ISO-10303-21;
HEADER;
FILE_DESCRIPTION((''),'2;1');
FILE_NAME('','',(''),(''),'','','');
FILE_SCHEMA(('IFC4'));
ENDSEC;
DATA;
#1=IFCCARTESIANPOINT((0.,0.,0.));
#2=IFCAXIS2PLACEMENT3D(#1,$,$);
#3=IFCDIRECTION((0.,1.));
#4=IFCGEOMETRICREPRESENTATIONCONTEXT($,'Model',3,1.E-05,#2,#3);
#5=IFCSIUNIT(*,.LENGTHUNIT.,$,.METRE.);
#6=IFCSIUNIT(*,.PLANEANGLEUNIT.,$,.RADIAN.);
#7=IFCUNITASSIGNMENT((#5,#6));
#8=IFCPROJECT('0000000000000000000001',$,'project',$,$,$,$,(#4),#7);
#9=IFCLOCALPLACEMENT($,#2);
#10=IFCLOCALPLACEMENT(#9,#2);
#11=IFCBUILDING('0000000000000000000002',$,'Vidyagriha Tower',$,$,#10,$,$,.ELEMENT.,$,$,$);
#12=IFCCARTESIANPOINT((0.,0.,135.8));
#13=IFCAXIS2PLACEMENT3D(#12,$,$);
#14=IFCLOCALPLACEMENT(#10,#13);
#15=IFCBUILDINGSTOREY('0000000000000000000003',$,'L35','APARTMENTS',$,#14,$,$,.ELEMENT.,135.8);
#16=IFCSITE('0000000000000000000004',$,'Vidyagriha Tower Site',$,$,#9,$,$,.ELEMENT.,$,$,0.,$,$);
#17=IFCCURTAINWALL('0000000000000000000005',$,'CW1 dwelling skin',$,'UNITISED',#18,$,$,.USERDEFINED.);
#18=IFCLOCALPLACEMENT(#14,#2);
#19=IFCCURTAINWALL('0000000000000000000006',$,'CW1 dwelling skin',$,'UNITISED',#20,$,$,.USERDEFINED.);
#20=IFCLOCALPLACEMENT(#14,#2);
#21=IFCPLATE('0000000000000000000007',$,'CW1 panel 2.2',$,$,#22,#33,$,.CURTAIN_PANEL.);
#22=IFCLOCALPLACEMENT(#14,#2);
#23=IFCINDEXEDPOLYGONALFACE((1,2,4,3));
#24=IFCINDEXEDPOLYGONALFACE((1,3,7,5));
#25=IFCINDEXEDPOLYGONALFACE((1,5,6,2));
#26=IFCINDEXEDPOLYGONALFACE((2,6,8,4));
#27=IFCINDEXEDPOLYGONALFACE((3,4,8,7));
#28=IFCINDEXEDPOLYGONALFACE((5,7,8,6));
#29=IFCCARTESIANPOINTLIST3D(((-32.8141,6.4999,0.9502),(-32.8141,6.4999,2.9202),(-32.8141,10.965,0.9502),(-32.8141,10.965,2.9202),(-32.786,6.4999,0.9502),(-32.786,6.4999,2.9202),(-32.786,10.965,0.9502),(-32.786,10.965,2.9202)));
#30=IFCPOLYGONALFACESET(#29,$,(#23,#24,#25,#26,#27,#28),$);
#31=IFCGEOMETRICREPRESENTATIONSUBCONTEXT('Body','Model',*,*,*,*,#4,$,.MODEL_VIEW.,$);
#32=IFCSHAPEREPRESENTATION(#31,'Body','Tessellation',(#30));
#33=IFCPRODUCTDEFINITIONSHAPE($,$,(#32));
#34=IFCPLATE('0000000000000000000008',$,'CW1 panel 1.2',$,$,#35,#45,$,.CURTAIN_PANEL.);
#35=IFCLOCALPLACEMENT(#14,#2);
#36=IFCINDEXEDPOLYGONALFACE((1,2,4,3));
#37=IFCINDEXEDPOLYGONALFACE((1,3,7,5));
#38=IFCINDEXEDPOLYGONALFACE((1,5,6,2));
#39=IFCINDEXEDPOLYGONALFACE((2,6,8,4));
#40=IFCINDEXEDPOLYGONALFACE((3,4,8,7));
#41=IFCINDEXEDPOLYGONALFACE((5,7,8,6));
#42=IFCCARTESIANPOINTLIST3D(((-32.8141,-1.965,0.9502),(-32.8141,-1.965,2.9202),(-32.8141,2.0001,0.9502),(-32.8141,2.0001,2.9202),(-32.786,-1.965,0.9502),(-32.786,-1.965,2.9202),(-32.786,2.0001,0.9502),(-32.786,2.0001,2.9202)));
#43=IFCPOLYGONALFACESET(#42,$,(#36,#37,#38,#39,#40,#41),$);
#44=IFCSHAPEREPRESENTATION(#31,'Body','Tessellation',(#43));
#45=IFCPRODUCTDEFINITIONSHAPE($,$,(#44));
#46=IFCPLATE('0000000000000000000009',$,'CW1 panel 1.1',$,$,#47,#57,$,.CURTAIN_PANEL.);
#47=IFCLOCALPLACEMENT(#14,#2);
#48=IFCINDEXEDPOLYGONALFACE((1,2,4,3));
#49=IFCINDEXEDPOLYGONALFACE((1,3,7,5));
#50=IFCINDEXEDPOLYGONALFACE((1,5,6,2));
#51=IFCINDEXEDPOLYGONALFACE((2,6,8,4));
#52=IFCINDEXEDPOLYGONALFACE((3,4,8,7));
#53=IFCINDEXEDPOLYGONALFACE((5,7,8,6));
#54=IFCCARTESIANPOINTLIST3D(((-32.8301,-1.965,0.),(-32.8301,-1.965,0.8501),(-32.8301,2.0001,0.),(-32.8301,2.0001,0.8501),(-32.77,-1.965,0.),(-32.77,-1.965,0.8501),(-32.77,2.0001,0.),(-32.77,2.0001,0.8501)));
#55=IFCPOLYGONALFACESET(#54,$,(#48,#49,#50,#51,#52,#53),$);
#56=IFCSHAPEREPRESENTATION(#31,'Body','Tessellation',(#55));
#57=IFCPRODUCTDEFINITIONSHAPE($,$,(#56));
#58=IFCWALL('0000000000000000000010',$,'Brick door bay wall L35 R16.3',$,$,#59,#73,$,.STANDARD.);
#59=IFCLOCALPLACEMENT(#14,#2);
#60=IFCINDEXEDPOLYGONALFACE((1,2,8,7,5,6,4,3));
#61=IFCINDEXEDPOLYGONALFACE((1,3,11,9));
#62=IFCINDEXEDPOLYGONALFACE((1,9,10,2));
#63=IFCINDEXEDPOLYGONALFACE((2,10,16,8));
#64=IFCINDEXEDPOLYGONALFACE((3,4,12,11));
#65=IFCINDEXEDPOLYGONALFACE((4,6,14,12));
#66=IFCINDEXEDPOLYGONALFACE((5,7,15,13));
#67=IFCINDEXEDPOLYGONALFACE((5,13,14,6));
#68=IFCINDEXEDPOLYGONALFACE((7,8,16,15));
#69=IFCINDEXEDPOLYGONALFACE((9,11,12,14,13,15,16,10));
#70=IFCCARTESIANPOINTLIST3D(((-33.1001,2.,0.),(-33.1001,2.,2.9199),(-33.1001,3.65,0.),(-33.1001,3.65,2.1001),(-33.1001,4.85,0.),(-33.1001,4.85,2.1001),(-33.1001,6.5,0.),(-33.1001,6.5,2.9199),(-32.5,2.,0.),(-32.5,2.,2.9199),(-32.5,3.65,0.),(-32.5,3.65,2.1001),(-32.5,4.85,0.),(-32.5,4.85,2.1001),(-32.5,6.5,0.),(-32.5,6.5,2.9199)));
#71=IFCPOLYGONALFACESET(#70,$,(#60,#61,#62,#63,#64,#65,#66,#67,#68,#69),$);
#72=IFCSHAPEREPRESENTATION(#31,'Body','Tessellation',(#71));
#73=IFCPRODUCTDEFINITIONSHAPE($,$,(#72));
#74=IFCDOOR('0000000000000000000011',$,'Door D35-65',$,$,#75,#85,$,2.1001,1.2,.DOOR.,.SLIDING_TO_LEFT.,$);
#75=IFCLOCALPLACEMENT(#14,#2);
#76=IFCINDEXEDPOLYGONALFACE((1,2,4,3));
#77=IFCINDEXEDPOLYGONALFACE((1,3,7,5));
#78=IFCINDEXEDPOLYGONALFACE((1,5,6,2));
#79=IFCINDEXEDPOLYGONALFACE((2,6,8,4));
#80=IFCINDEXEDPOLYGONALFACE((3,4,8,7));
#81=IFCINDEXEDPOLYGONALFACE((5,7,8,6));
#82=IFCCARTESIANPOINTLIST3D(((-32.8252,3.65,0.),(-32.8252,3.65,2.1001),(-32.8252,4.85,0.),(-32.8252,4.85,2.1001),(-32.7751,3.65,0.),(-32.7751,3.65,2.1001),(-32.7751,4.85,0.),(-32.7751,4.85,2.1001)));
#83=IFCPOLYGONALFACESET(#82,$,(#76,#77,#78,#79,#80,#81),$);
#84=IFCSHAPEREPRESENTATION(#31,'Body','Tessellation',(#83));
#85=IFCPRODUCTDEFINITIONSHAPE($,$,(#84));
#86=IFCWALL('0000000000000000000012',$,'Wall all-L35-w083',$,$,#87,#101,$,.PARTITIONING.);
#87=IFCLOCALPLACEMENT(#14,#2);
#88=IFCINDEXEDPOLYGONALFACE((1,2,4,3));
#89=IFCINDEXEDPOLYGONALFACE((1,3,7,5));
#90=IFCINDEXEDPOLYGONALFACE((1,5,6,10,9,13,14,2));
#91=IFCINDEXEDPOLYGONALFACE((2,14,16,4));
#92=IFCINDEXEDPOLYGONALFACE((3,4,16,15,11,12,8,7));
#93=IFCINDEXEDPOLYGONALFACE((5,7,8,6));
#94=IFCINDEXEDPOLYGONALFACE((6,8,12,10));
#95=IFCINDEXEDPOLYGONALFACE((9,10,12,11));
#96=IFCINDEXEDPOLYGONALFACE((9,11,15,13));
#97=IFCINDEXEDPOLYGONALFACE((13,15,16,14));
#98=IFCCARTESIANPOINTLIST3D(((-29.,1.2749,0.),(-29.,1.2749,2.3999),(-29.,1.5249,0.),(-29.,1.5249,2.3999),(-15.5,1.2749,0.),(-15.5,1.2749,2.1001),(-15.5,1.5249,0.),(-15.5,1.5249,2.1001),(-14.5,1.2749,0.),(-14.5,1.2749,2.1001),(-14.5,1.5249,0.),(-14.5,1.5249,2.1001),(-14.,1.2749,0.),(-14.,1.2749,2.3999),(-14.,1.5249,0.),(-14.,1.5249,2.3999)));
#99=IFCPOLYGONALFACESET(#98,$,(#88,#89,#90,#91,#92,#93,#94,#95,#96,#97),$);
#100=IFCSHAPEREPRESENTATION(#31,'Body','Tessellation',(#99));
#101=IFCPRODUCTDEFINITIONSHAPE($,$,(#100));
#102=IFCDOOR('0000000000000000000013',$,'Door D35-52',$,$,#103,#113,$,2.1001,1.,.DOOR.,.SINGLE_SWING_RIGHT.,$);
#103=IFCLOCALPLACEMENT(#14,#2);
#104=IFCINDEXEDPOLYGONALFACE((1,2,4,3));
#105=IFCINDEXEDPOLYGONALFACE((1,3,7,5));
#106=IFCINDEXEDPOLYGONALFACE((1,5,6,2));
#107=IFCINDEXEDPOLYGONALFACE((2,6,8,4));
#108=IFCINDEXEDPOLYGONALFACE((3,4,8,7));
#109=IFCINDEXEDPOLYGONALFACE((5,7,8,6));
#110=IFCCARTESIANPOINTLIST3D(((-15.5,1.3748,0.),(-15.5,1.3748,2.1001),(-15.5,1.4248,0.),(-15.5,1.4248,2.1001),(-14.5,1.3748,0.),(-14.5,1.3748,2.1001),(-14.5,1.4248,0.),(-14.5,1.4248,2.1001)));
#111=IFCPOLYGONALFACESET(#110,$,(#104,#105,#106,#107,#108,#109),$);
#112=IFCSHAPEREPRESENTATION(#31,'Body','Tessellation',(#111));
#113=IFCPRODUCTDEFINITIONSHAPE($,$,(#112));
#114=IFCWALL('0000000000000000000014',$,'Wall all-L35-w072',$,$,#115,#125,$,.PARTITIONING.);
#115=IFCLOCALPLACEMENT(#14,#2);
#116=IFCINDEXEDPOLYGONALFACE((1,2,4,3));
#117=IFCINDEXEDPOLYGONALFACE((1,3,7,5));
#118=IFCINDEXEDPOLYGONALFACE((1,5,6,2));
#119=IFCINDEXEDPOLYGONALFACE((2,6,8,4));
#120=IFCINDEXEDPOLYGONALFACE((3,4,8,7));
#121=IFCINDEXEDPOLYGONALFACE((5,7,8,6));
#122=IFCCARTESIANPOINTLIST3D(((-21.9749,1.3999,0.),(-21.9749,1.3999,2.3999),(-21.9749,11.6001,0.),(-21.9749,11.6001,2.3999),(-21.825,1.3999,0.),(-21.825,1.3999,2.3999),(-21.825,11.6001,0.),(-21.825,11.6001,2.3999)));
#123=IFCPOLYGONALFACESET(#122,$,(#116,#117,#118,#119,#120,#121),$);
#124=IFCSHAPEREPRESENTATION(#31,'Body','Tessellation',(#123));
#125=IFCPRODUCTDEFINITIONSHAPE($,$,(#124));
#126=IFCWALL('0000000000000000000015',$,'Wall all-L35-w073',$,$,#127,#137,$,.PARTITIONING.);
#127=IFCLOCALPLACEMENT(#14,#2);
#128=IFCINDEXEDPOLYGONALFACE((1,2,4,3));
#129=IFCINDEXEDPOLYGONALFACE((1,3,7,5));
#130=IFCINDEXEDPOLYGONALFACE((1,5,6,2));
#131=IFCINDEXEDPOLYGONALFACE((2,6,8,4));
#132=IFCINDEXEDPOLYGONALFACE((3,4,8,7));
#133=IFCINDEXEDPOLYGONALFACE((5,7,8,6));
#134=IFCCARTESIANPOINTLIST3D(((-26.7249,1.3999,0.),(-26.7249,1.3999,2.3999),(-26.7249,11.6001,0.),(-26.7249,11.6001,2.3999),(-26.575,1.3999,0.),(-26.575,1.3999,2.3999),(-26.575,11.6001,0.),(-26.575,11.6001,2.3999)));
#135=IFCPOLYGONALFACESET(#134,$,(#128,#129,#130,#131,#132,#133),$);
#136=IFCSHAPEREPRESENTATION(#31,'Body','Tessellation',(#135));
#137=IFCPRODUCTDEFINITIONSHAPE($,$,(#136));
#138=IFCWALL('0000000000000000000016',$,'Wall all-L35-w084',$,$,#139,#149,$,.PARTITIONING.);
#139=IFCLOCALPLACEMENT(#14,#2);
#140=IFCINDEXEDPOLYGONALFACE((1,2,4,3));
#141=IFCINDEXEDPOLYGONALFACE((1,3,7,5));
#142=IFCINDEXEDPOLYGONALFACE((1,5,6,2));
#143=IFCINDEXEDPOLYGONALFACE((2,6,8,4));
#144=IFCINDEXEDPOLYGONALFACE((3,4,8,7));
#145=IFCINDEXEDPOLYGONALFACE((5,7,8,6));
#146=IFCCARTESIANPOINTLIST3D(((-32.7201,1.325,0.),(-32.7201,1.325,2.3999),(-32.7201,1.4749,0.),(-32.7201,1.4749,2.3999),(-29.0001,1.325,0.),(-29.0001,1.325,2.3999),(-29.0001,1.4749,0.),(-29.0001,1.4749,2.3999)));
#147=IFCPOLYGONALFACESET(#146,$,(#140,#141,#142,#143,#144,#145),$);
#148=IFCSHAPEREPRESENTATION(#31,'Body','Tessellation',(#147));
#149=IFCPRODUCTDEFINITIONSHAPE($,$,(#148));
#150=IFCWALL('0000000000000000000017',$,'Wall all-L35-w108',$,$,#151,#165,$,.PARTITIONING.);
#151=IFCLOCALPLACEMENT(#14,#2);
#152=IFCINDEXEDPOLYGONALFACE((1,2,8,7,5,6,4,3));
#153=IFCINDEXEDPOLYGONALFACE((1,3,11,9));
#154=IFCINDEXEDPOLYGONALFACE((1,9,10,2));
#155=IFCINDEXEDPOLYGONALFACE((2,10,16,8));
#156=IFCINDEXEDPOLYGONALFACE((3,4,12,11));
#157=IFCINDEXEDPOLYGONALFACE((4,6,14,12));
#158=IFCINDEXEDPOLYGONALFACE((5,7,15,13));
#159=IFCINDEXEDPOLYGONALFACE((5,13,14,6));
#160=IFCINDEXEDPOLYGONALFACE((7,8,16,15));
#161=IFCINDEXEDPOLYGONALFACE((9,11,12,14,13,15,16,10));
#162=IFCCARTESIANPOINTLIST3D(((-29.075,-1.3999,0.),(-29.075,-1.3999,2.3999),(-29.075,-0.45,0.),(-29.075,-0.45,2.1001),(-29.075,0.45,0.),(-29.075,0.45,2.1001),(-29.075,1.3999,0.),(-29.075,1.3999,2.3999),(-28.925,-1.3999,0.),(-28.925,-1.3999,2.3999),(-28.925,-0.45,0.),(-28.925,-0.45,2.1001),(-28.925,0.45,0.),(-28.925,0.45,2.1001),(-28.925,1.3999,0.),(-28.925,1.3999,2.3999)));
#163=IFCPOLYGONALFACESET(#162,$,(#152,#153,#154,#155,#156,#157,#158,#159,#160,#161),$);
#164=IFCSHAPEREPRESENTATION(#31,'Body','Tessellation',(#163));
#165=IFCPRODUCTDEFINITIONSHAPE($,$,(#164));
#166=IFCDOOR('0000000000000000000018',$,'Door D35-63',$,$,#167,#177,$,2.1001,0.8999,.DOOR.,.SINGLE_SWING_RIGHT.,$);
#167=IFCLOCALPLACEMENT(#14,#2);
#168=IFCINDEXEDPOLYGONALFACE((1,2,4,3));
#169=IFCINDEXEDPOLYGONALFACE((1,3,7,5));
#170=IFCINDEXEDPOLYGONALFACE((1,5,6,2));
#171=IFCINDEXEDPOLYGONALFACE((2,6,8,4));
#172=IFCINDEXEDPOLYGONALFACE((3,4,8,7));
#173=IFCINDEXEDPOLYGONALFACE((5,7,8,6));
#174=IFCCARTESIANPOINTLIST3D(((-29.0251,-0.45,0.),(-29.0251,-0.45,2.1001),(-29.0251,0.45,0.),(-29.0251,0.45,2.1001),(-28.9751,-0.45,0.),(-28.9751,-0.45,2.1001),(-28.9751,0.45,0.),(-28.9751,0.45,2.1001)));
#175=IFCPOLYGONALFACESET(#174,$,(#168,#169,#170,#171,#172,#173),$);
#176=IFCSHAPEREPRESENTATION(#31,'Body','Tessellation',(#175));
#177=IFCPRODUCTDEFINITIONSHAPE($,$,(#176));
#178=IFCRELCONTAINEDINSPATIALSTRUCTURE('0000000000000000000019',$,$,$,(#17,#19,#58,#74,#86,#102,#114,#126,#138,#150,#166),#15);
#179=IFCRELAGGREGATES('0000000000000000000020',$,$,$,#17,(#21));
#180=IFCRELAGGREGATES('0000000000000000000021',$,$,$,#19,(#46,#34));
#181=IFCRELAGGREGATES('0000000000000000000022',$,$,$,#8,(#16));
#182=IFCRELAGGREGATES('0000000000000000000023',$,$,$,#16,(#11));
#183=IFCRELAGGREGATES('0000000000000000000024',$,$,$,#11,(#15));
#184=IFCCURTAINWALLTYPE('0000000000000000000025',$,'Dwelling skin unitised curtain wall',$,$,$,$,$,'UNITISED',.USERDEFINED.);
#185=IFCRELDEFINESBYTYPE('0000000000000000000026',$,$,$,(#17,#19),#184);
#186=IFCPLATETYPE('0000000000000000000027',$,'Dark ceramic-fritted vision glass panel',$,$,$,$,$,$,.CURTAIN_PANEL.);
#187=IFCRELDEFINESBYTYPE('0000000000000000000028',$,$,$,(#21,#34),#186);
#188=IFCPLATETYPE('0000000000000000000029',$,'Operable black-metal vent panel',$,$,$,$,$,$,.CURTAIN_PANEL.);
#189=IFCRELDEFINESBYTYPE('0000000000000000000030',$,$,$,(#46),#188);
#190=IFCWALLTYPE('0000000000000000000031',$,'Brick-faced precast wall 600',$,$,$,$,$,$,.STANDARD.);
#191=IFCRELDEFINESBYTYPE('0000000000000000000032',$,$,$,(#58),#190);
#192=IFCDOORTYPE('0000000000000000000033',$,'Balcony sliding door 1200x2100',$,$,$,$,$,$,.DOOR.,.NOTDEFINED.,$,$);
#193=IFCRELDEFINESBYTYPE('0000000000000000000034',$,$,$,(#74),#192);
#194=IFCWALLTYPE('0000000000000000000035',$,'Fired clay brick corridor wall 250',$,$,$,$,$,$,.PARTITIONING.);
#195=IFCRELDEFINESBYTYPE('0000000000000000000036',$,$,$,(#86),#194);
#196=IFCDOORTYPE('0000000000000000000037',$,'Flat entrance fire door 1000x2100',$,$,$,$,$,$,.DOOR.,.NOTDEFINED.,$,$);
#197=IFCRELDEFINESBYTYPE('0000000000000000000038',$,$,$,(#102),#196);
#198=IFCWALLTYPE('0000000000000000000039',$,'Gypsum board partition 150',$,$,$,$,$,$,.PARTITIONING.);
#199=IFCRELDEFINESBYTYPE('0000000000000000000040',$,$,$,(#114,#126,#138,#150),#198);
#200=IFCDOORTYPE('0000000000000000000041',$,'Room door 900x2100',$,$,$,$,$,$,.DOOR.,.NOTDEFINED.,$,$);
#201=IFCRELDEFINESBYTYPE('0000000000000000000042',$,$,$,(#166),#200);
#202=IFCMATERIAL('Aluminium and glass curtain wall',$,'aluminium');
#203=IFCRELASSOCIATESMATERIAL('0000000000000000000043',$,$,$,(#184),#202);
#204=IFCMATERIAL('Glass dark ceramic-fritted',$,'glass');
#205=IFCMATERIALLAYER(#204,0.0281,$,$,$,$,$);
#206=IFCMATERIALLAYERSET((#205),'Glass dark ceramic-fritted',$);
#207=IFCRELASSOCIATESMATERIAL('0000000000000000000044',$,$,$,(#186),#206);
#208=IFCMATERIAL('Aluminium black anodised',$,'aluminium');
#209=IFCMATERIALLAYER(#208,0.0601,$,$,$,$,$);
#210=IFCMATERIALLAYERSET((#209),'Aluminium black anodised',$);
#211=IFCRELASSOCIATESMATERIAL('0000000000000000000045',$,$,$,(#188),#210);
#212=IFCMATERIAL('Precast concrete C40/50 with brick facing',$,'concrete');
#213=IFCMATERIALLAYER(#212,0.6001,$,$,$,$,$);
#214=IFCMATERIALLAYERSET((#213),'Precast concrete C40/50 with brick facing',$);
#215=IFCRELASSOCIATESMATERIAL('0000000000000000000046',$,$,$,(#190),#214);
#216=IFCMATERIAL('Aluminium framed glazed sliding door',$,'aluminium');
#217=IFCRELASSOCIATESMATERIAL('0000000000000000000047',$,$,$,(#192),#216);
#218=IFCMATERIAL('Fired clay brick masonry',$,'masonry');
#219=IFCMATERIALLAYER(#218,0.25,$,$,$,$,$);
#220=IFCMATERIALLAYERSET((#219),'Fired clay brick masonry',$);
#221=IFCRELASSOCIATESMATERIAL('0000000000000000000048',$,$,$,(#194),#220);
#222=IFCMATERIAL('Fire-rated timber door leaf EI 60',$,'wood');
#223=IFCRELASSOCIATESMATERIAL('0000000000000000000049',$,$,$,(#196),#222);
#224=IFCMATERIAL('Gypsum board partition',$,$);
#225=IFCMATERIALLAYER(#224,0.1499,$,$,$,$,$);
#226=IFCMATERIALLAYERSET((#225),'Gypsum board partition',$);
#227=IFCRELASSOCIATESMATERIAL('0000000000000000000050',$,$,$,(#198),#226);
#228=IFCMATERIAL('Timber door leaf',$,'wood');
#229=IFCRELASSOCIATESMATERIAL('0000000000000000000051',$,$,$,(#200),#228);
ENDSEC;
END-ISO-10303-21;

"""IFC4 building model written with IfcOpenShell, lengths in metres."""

from ifc_helpers import new_model, si_unit, direction, frame, frame_2d, origin, origin_2d, place, context, subcontext, project, spatial, rectangle, extrude, material, layer, layer_set, type_object, element, fill, aggregate, save


model = new_model("IFC4")

# Units and contexts
model_context = context("Model", 3, precision=1e-05, world=origin(), true_north=direction((0.0, 1.0)))
body_context = subcontext(model_context, "Body", "Model", "MODEL_VIEW")
ifc_project = project(units=[si_unit("LENGTHUNIT", "METRE"), si_unit("PLANEANGLEUNIT", "RADIAN")], contexts=[model_context])

# Site, building, storey
site_placement = place(None, origin())
site = spatial("IfcSite", under=ifc_project, at=site_placement, Name="Vidyagriha Tower Site", CompositionType="ELEMENT", RefElevation=0.0)
building_placement = place(site_placement, origin())
building = spatial("IfcBuilding", under=site, at=building_placement, Name="Vidyagriha Tower", CompositionType="ELEMENT")
storey_placement = place(building_placement, frame((0.0, 0.0, 135.8)))
storey = spatial("IfcBuildingStorey", under=building, at=storey_placement, Name="L35", Description="APARTMENTS", CompositionType="ELEMENT", Elevation=135.8)

# Curtain wall
ifc_material_1 = material(Name="Aluminium and glass curtain wall", Category="aluminium")
curtain_wall_type = type_object("IfcCurtainWallType", Name="Dwelling skin unitised curtain wall", ElementType="UNITISED", PredefinedType="USERDEFINED", material=ifc_material_1)
curtain_wall_1_placement = place(storey_placement, origin())
curtain_wall_1 = element("IfcCurtainWall", 1, at=curtain_wall_1_placement, inside=storey, type_object=curtain_wall_type, Name="CW1 dwelling skin", ObjectType="UNITISED", PredefinedType="USERDEFINED")

# Curtain wall
curtain_wall_2_placement = place(storey_placement, origin())
curtain_wall_2 = element("IfcCurtainWall", 2, at=curtain_wall_2_placement, inside=storey, type_object=curtain_wall_type, Name="CW1 dwelling skin", ObjectType="UNITISED", PredefinedType="USERDEFINED")

# Plates
ifc_material_2 = material(Name="Glass dark ceramic-fritted", Category="glass")
ifc_layer_1 = layer(ifc_material_2, 0.0281)
ifc_layer_set_1 = layer_set([ifc_layer_1], Name="Glass dark ceramic-fritted")
plate_type_1 = type_object("IfcPlateType", Name="Dark ceramic-fritted vision glass panel", PredefinedType="CURTAIN_PANEL", material=ifc_layer_set_1)
plate_1_placement = place(storey_placement, frame((-32.8, 8.7324, 0.9502), z_axis=(0.0, 0.0, 1.0), x_axis=(0.0, -1.0, 0.0)))
plate_1 = element("IfcPlate", 3, at=plate_1_placement, type_object=plate_type_1, Name="CW1 panel 2.2", PredefinedType="CURTAIN_PANEL", context=body_context, shape_type="SweptSolid", body=[
    extrude(rectangle(XDim=4.4651, YDim=0.0281, at=origin_2d()), origin(), (0.0, 0.0, 1.0), 1.97),
])
aggregate(curtain_wall_1, [plate_1])
plate_2_placement = place(storey_placement, frame((-32.8, 0.0176, 0.9502), z_axis=(0.0, 0.0, 1.0), x_axis=(0.0, -1.0, 0.0)))
plate_2 = element("IfcPlate", 4, at=plate_2_placement, type_object=plate_type_1, Name="CW1 panel 1.2", PredefinedType="CURTAIN_PANEL", context=body_context, shape_type="SweptSolid", body=[
    extrude(rectangle(XDim=3.9651, YDim=0.0281, at=origin_2d()), origin(), (0.0, 0.0, 1.0), 1.97),
])
ifc_material_3 = material(Name="Aluminium black anodised", Category="aluminium")
ifc_layer_2 = layer(ifc_material_3, 0.0601)
ifc_layer_set_2 = layer_set([ifc_layer_2], Name="Aluminium black anodised")
plate_type_2 = type_object("IfcPlateType", Name="Operable black-metal vent panel", PredefinedType="CURTAIN_PANEL", material=ifc_layer_set_2)
plate_3_placement = place(storey_placement, frame((-32.8, 0.0176, 0.0), z_axis=(0.0, 0.0, 1.0), x_axis=(0.0, -1.0, 0.0)))
plate_3 = element("IfcPlate", 5, at=plate_3_placement, type_object=plate_type_2, Name="CW1 panel 1.1", PredefinedType="CURTAIN_PANEL", context=body_context, shape_type="SweptSolid", body=[
    extrude(rectangle(XDim=3.9651, YDim=0.0601, at=origin_2d()), origin(), (0.0, 0.0, 1.0), 0.8501),
])
aggregate(curtain_wall_2, [plate_3, plate_2])

# Walls, openings, doors
ifc_material_4 = material(Name="Precast concrete C40/50 with brick facing", Category="concrete")
ifc_layer_3 = layer(ifc_material_4, 0.6001)
ifc_layer_set_3 = layer_set([ifc_layer_3], Name="Precast concrete C40/50 with brick facing")
wall_type_1 = type_object("IfcWallType", Name="Brick-faced precast wall 600", PredefinedType="STANDARD", material=ifc_layer_set_3)
wall_1_placement = place(storey_placement, frame((-32.8, 6.5, 0.0), z_axis=(0.0, 0.0, 1.0), x_axis=(0.0, -1.0, 0.0)))
wall_1 = element("IfcWall", 6, at=wall_1_placement, inside=storey, type_object=wall_type_1, Name="Brick door bay wall L35 R16.3", PredefinedType="STANDARD", context=body_context, shape_type="SweptSolid", body=[
    extrude(rectangle(XDim=4.5, YDim=0.6001, at=frame_2d((2.25, 0.0))), origin(), (0.0, 0.0, 1.0), 2.9199),
])
opening_1_placement = place(wall_1_placement, frame((1.6499, 0.0, 0.0)))
opening_1 = element("IfcOpeningElement", 7, at=opening_1_placement, cuts=wall_1, PredefinedType="OPENING", context=body_context, shape_type="SweptSolid", body=[
    extrude(rectangle(XDim=1.2, YDim=2.1001, at=frame_2d((0.6001, 1.05))), frame((0.0, 0.3101, 0.0), z_axis=(0.0, -1.0, 0.0), x_axis=(1.0, 0.0, 0.0)), (0.0, 0.0, 1.0), 0.6201),
])
ifc_material_5 = material(Name="Aluminium framed glazed sliding door", Category="aluminium")
door_type_1 = type_object("IfcDoorType", Name="Balcony sliding door 1200x2100", OperationType="NOTDEFINED", PredefinedType="DOOR", material=ifc_material_5)
door_1_placement = place(opening_1_placement, origin())
door_1 = element("IfcDoor", 8, at=door_1_placement, inside=storey, type_object=door_type_1, Name="Door D35-65", OperationType="SLIDING_TO_LEFT", OverallHeight=2.1001, OverallWidth=1.2, PredefinedType="DOOR", context=body_context, shape_type="SweptSolid", body=[
    extrude(rectangle(XDim=1.2, YDim=2.1001, at=frame_2d((0.6001, 1.05))), frame((0.0, 0.0249, 0.0), z_axis=(0.0, -1.0, 0.0), x_axis=(1.0, 0.0, 0.0)), (0.0, 0.0, 1.0), 0.05),
])
fill(opening_1, door_1)
ifc_material_6 = material(Name="Fired clay brick masonry", Category="masonry")
ifc_layer_4 = layer(ifc_material_6, 0.25)
ifc_layer_set_4 = layer_set([ifc_layer_4], Name="Fired clay brick masonry")
wall_type_2 = type_object("IfcWallType", Name="Fired clay brick corridor wall 250", PredefinedType="PARTITIONING", material=ifc_layer_set_4)
wall_2_placement = place(storey_placement, frame((-29.0, 1.3999, 0.0)))
wall_2 = element("IfcWall", 9, at=wall_2_placement, inside=storey, type_object=wall_type_2, Name="Wall all-L35-w083", PredefinedType="PARTITIONING", context=body_context, shape_type="SweptSolid", body=[
    extrude(rectangle(XDim=15.0, YDim=0.25, at=frame_2d((7.5, 0.0))), origin(), (0.0, 0.0, 1.0), 2.3999),
])
opening_2_placement = place(wall_2_placement, frame((13.5, 0.0, 0.0)))
opening_2 = element("IfcOpeningElement", 10, at=opening_2_placement, cuts=wall_2, PredefinedType="OPENING", context=body_context, shape_type="SweptSolid", body=[
    extrude(rectangle(XDim=1.0, YDim=2.1001, at=frame_2d((0.5, 1.05))), frame((0.0, 0.135, 0.0), z_axis=(0.0, -1.0, 0.0), x_axis=(1.0, 0.0, 0.0)), (0.0, 0.0, 1.0), 0.27),
])
ifc_material_7 = material(Name="Fire-rated timber door leaf EI 60", Category="wood")
door_type_2 = type_object("IfcDoorType", Name="Flat entrance fire door 1000x2100", OperationType="NOTDEFINED", PredefinedType="DOOR", material=ifc_material_7)
door_2_placement = place(opening_2_placement, origin())
door_2 = element("IfcDoor", 11, at=door_2_placement, inside=storey, type_object=door_type_2, Name="Door D35-52", OperationType="SINGLE_SWING_RIGHT", OverallHeight=2.1001, OverallWidth=1.0, PredefinedType="DOOR", context=body_context, shape_type="SweptSolid", body=[
    extrude(rectangle(XDim=1.0, YDim=2.1001, at=frame_2d((0.5, 1.05))), frame((0.0, 0.0249, 0.0), z_axis=(0.0, -1.0, 0.0), x_axis=(1.0, 0.0, 0.0)), (0.0, 0.0, 1.0), 0.05),
])
fill(opening_2, door_2)

# Walls
ifc_material_8 = material(Name="Gypsum board partition")
ifc_layer_5 = layer(ifc_material_8, 0.1499)
ifc_layer_set_5 = layer_set([ifc_layer_5], Name="Gypsum board partition")
wall_type_3 = type_object("IfcWallType", Name="Gypsum board partition 150", PredefinedType="PARTITIONING", material=ifc_layer_set_5)
for number, where, z_axis, x_axis, name in (
    (12, (-21.8999, 1.3999, 0.0), (0.0, 0.0, 1.0), (0.0, 1.0, 0.0), "Wall all-L35-w072"),
    (13, (-26.6499, 1.3999, 0.0), (0.0, 0.0, 1.0), (0.0, 1.0, 0.0), "Wall all-L35-w073"),
):
    element("IfcWall", number, at=place(storey_placement, frame(where, z_axis=z_axis, x_axis=x_axis)), inside=storey, type_object=wall_type_3, Name=name, PredefinedType="PARTITIONING", context=body_context, shape_type="SweptSolid", body=[
        extrude(rectangle(XDim=10.2002, YDim=0.1499, at=frame_2d((5.1001, 0.0))), origin(), (0.0, 0.0, 1.0), 2.3999),
    ])
wall_3_placement = place(storey_placement, frame((-32.72, 1.3999, 0.0)))
element("IfcWall", 14, at=wall_3_placement, inside=storey, type_object=wall_type_3, Name="Wall all-L35-w084", PredefinedType="PARTITIONING", context=body_context, shape_type="SweptSolid", body=[
    extrude(rectangle(XDim=3.72, YDim=0.1499, at=frame_2d((1.8599, 0.0))), origin(), (0.0, 0.0, 1.0), 2.3999),
])

# Wall, opening, door
wall_4_placement = place(storey_placement, frame((-29.0, 1.3999, 0.0), z_axis=(0.0, 0.0, 1.0), x_axis=(0.0, -1.0, 0.0)))
wall_4 = element("IfcWall", 15, at=wall_4_placement, inside=storey, type_object=wall_type_3, Name="Wall all-L35-w108", PredefinedType="PARTITIONING", context=body_context, shape_type="SweptSolid", body=[
    extrude(rectangle(XDim=2.7998, YDim=0.1499, at=frame_2d((1.3999, 0.0))), origin(), (0.0, 0.0, 1.0), 2.3999),
])
opening_3_placement = place(wall_4_placement, frame((0.95, 0.0, 0.0)))
opening_3 = element("IfcOpeningElement", 16, at=opening_3_placement, cuts=wall_4, PredefinedType="OPENING", context=body_context, shape_type="SweptSolid", body=[
    extrude(rectangle(XDim=0.8999, YDim=2.1001, at=frame_2d((0.45, 1.05))), frame((0.0, 0.085, 0.0), z_axis=(0.0, -1.0, 0.0), x_axis=(1.0, 0.0, 0.0)), (0.0, 0.0, 1.0), 0.1699),
])
ifc_material_9 = material(Name="Timber door leaf", Category="wood")
door_type_3 = type_object("IfcDoorType", Name="Room door 900x2100", OperationType="NOTDEFINED", PredefinedType="DOOR", material=ifc_material_9)
door_3_placement = place(opening_3_placement, origin())
door_3 = element("IfcDoor", 17, at=door_3_placement, inside=storey, type_object=door_type_3, Name="Door D35-63", OperationType="SINGLE_SWING_RIGHT", OverallHeight=2.1001, OverallWidth=0.8999, PredefinedType="DOOR", context=body_context, shape_type="SweptSolid", body=[
    extrude(rectangle(XDim=0.8999, YDim=2.1001, at=frame_2d((0.45, 1.05))), frame((0.0, 0.0249, 0.0), z_axis=(0.0, -1.0, 0.0), x_axis=(1.0, 0.0, 0.0)), (0.0, 0.0, 1.0), 0.05),
])
fill(opening_3, door_3)

save(model, "model.ifc")
